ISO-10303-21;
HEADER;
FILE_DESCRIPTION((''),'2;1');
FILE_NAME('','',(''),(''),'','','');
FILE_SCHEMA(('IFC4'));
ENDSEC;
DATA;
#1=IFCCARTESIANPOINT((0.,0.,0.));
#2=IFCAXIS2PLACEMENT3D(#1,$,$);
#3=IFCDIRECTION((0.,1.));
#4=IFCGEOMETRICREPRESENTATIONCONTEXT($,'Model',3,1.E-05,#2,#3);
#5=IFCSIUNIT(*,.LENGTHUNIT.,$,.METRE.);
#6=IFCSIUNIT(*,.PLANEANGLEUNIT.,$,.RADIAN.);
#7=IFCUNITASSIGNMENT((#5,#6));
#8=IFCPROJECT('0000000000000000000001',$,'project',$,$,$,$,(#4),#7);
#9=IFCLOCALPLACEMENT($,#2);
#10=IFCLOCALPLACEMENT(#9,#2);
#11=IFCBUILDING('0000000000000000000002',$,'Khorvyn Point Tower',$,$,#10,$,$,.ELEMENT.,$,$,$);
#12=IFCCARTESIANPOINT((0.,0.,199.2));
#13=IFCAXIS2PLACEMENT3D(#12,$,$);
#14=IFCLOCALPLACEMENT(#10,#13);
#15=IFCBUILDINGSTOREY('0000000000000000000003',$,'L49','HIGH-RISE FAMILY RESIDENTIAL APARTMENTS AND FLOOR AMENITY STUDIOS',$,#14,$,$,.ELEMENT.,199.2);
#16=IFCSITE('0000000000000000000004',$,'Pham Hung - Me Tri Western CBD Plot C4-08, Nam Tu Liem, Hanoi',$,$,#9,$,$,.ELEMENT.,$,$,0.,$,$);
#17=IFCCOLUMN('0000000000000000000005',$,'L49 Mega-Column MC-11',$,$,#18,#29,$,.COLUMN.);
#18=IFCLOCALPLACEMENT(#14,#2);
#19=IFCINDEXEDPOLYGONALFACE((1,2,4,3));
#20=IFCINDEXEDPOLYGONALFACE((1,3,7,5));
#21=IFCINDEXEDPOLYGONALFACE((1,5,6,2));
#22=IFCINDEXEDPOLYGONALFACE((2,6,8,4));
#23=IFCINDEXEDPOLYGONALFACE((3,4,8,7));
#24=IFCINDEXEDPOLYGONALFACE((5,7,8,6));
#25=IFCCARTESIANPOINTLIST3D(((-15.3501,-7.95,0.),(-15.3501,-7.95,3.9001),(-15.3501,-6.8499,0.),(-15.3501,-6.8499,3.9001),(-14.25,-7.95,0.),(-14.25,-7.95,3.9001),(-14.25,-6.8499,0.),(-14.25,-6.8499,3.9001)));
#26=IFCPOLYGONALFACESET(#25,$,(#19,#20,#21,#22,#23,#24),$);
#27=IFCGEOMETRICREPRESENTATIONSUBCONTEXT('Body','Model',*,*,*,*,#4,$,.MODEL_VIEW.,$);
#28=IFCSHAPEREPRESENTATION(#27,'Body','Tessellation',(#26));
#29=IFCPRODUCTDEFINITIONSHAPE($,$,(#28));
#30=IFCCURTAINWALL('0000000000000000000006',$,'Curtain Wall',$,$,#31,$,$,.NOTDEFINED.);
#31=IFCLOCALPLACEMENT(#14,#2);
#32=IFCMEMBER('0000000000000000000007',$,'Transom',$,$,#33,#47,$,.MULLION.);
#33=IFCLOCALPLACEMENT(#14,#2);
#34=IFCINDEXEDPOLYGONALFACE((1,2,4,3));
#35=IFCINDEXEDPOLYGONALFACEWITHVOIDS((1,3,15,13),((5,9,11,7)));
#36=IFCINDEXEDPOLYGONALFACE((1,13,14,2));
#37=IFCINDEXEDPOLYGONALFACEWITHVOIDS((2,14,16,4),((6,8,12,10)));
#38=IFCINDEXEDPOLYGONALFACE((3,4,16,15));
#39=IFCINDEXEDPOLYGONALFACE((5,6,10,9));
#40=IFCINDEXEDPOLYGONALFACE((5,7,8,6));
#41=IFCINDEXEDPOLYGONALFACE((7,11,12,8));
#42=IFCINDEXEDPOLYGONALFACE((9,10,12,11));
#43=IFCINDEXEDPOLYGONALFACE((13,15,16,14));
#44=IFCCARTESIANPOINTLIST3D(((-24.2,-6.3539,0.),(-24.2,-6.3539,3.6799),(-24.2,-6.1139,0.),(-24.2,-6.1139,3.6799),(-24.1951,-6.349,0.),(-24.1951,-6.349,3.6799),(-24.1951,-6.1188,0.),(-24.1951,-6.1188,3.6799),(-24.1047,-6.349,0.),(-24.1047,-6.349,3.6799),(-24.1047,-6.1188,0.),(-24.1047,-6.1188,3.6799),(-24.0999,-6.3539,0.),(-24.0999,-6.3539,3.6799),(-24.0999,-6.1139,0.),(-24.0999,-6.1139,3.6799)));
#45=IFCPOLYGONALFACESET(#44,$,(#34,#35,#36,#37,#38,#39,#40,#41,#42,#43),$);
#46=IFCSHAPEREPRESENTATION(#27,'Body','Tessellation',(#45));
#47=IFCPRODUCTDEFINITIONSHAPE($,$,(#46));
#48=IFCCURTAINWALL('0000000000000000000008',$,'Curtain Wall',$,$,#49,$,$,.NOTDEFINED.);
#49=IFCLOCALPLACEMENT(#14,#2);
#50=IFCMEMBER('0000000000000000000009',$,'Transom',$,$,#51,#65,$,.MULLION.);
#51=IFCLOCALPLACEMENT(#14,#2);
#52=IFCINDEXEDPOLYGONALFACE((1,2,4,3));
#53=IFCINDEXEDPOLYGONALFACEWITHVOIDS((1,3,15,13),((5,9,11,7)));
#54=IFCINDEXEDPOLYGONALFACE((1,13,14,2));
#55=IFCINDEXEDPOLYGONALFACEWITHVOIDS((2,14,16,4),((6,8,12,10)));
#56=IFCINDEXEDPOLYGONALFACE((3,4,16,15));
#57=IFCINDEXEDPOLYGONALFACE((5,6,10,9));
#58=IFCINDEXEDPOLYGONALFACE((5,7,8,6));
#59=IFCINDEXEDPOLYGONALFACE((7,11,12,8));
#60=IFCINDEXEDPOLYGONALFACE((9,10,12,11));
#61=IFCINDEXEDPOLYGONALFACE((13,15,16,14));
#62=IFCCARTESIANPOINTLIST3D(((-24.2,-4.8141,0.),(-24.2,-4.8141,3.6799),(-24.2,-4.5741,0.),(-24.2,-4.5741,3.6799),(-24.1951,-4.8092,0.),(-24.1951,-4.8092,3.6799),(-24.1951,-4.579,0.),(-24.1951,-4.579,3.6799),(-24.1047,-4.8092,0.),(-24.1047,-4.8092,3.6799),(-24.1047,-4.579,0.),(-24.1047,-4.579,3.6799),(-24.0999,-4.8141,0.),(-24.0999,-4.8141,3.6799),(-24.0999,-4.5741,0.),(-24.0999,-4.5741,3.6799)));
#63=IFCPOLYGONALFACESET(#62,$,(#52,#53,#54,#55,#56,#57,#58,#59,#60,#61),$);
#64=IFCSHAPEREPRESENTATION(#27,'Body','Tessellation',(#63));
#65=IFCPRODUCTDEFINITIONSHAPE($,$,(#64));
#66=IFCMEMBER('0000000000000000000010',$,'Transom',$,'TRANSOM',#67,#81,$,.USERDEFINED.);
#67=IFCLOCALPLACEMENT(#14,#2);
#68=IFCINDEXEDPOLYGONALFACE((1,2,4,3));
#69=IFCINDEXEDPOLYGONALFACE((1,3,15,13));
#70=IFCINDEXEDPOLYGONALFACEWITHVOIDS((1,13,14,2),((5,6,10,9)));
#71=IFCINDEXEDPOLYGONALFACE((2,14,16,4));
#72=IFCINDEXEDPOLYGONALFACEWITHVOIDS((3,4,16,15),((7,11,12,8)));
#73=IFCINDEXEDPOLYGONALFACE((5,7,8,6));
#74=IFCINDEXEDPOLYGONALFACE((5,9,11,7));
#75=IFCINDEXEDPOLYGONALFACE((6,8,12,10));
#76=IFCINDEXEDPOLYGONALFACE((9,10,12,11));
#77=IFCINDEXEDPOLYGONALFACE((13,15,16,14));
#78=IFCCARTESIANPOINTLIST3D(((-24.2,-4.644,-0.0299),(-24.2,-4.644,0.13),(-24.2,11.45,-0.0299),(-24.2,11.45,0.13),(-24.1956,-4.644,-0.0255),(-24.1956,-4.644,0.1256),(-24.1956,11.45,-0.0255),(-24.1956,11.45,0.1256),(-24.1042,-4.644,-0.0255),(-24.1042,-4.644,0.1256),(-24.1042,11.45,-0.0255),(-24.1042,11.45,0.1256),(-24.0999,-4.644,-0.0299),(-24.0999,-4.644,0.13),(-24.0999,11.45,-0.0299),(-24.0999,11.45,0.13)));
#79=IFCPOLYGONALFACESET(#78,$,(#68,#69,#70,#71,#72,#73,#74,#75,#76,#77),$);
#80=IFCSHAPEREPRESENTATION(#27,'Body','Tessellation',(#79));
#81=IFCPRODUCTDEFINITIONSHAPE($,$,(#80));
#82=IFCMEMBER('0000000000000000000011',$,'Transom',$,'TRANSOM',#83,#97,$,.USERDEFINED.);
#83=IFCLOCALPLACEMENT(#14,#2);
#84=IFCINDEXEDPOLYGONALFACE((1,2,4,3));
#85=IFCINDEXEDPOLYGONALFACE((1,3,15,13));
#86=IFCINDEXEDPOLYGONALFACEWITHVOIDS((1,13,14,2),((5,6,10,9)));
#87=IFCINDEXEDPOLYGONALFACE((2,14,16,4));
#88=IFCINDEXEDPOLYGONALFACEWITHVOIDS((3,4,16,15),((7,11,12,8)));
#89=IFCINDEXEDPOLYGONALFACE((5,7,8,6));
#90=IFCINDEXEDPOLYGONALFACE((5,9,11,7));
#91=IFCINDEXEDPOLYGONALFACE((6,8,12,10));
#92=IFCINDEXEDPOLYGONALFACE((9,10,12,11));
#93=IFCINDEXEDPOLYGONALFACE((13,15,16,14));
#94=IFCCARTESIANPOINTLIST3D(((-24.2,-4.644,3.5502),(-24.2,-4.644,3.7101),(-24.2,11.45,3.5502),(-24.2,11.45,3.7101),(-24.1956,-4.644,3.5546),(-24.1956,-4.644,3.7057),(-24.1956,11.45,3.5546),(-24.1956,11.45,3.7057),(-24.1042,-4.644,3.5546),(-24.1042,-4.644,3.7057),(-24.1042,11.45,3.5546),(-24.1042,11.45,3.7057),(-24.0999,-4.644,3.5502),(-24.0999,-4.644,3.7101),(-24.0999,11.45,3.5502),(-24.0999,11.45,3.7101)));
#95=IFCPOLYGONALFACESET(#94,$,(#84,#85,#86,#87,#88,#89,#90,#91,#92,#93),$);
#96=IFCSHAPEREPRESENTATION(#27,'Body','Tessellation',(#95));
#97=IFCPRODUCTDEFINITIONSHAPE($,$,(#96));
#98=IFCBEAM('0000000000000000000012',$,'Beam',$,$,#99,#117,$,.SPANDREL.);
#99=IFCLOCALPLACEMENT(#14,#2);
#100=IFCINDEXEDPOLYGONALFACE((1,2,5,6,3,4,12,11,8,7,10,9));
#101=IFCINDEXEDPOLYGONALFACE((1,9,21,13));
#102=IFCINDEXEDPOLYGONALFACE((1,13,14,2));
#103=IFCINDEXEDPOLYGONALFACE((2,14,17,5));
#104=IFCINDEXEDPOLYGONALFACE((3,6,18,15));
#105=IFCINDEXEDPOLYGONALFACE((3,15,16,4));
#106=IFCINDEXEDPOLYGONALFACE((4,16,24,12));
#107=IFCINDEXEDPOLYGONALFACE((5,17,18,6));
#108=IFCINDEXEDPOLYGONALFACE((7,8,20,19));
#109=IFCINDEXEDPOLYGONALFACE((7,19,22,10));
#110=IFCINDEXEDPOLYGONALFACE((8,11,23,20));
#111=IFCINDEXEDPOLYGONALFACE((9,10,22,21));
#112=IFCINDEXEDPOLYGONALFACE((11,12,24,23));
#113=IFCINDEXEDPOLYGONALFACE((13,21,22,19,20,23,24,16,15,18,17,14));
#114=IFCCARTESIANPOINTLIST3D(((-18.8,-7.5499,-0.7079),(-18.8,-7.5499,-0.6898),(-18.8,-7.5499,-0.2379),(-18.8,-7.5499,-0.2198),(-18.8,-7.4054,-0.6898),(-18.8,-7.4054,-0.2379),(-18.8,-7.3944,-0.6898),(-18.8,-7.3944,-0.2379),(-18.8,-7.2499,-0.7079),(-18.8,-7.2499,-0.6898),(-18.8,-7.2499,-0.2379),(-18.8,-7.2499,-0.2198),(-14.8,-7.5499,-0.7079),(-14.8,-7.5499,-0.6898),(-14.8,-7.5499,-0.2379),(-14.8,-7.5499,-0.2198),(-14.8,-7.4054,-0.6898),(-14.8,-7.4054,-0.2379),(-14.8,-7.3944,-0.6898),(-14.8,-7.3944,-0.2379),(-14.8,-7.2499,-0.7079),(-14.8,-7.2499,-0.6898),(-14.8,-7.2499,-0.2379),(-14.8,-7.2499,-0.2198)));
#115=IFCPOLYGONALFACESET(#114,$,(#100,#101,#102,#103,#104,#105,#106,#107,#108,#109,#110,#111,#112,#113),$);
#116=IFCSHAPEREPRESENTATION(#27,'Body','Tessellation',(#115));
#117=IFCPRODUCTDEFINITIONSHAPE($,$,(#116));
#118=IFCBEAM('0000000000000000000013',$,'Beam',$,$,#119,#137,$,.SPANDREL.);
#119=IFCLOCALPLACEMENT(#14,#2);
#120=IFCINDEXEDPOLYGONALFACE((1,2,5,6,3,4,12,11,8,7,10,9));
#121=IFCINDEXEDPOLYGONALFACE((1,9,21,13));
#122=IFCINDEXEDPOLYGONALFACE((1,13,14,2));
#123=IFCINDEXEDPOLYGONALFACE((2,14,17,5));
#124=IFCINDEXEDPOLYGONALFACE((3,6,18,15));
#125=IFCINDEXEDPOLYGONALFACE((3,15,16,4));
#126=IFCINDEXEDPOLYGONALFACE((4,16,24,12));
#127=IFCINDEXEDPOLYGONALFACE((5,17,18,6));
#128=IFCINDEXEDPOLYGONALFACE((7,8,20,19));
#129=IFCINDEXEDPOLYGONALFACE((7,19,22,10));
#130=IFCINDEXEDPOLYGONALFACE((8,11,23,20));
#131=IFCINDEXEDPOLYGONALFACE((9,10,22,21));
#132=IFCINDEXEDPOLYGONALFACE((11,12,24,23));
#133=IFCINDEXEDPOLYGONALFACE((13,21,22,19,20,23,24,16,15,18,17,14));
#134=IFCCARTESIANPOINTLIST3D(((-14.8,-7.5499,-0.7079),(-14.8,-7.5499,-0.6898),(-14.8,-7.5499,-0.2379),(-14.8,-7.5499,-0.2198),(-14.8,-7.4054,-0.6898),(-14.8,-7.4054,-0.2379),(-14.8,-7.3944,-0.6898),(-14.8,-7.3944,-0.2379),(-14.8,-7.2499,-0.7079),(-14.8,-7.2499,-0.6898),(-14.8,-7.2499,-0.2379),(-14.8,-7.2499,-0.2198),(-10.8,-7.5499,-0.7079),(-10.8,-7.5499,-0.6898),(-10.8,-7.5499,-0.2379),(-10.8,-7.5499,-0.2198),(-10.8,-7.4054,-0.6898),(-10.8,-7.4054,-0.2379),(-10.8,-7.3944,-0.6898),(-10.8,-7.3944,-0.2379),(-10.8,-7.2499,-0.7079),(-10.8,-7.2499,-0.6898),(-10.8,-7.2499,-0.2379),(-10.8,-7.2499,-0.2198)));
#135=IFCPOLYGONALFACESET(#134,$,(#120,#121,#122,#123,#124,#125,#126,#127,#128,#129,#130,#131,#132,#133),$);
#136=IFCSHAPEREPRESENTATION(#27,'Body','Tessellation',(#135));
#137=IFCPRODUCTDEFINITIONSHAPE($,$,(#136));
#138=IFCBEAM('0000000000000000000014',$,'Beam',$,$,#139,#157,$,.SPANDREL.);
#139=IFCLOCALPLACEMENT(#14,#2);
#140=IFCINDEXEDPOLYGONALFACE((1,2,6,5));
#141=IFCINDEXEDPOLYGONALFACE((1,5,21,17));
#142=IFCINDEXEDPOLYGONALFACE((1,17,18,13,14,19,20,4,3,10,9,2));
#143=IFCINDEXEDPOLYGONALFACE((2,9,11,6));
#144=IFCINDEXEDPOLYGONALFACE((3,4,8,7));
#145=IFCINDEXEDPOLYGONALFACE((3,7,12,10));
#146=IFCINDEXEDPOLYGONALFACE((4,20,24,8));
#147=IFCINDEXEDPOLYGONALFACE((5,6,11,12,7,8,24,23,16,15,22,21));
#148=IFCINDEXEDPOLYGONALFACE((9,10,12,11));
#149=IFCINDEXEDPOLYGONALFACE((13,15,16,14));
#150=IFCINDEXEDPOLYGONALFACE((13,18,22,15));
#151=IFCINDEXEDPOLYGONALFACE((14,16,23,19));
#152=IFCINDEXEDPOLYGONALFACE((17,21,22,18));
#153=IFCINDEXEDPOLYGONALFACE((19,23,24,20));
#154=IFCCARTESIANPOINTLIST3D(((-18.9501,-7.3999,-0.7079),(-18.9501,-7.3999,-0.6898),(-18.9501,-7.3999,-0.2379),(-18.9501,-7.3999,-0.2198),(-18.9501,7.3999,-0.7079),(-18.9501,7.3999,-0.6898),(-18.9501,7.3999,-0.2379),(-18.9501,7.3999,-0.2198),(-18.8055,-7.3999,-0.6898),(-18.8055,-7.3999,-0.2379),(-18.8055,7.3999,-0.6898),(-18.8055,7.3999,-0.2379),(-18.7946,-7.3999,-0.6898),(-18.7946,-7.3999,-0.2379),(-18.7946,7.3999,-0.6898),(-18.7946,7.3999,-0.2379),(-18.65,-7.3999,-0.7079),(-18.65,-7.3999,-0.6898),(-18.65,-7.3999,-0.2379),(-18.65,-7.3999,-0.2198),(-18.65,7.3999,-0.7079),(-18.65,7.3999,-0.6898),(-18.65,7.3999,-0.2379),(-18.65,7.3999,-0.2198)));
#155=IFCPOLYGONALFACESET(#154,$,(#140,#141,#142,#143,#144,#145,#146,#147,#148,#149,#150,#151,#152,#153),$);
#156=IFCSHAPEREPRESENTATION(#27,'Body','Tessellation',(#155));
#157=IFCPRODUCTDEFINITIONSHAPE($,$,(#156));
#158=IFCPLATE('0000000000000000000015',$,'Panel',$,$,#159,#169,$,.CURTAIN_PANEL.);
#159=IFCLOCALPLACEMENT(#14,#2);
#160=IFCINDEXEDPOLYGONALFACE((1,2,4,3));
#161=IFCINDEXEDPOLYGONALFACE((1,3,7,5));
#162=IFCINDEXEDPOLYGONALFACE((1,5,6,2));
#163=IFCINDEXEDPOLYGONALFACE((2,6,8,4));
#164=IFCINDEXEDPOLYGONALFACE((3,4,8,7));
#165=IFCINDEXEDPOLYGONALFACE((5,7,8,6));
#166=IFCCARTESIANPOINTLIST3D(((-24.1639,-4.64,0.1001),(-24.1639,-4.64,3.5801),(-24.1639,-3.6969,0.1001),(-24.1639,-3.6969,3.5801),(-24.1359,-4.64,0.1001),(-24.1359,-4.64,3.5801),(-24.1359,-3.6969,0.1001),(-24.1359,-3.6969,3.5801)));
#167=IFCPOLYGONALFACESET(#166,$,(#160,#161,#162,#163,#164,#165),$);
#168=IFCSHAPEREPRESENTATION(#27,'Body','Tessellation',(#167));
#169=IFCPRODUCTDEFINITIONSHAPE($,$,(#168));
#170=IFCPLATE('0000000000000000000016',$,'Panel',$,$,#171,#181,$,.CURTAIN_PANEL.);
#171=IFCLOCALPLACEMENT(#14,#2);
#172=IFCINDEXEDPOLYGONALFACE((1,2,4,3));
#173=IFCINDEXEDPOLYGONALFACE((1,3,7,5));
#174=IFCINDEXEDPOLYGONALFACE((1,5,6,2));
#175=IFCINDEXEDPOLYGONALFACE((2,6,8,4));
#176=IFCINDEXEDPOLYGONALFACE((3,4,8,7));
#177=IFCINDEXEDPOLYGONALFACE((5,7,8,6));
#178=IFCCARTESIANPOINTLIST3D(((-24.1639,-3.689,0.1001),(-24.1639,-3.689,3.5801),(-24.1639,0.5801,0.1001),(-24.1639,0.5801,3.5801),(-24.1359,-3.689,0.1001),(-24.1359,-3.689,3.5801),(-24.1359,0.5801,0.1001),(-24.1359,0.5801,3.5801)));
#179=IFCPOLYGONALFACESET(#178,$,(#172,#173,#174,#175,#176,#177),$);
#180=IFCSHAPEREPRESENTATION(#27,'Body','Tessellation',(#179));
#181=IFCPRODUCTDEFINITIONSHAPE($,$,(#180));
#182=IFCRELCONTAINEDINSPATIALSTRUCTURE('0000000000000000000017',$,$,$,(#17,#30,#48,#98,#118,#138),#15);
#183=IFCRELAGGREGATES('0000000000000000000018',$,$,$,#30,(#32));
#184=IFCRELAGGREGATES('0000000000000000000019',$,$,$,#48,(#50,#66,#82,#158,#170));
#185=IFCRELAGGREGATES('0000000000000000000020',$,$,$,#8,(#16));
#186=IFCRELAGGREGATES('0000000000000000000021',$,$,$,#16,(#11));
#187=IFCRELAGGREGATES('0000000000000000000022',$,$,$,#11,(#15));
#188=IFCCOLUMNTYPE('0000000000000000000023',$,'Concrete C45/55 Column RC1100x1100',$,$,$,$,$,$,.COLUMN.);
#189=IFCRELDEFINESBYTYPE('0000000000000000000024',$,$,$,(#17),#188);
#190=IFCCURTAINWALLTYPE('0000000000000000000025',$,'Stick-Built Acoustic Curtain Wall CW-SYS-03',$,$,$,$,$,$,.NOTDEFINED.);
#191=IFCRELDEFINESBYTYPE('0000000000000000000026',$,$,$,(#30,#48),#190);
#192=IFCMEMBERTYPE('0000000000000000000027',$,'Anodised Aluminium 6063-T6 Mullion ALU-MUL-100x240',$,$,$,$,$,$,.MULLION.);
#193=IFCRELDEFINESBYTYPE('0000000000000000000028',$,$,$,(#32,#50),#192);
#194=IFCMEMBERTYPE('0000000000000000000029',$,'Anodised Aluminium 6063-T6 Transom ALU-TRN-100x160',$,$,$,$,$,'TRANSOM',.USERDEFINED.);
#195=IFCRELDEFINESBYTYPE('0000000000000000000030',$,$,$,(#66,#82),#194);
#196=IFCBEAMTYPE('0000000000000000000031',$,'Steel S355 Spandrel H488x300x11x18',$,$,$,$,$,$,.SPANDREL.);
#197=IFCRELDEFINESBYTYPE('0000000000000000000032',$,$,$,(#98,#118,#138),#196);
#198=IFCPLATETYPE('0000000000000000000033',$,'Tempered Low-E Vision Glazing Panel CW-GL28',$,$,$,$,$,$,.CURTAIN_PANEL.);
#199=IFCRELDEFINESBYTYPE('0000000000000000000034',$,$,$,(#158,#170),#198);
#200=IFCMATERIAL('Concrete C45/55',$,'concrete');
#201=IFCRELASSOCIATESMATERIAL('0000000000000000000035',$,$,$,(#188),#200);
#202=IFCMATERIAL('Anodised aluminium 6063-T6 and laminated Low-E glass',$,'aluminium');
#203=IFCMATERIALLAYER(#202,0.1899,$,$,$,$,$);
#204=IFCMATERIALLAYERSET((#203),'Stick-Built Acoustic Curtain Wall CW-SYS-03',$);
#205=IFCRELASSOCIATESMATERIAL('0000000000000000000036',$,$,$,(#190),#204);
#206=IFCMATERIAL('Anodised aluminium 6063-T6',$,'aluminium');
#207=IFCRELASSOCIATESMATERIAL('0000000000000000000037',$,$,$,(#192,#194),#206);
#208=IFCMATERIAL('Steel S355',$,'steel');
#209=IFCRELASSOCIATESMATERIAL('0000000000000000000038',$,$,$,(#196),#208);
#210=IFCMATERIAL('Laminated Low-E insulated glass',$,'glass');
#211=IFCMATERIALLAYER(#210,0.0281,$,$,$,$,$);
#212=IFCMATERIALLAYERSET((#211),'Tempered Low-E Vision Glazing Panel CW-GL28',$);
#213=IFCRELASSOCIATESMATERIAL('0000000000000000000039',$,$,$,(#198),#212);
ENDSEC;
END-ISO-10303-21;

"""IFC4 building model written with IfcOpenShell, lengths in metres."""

from ifc_helpers import new_model, si_unit, direction, frame, origin, origin_2d, place, context, subcontext, project, spatial, rectangle, hollow_rectangle, i_section, extrude, material, layer, layer_set, material_profile, profile_set, type_object, element, aggregate, save


model = new_model("IFC4")

# Units and contexts
model_context = context("Model", 3, precision=1e-05, world=origin(), true_north=direction((0.0, 1.0)))
body_context = subcontext(model_context, "Body", "Model", "MODEL_VIEW")
ifc_project = project(units=[si_unit("LENGTHUNIT", "METRE"), si_unit("PLANEANGLEUNIT", "RADIAN")], contexts=[model_context])

# Site, building, storey
site_placement = place(None, origin())
site = spatial("IfcSite", under=ifc_project, at=site_placement, Name="Pham Hung - Me Tri Western CBD Plot C4-08, Nam Tu Liem, Hanoi", CompositionType="ELEMENT", RefElevation=0.0)
building_placement = place(site_placement, origin())
building = spatial("IfcBuilding", under=site, at=building_placement, Name="Khorvyn Point Tower", CompositionType="ELEMENT")
storey_placement = place(building_placement, frame((0.0, 0.0, 199.2)))
storey = spatial("IfcBuildingStorey", under=building, at=storey_placement, Name="L49", Description="HIGH-RISE FAMILY RESIDENTIAL APARTMENTS AND FLOOR AMENITY STUDIOS", CompositionType="ELEMENT", Elevation=199.2)

# Column
ifc_material_1 = material(Name="Concrete C45/55", Category="concrete")
ifc_material_profile_1 = material_profile(ifc_material_1, rectangle(XDim=1.1001, YDim=1.1001, at=origin_2d()))
ifc_profile_set_1 = profile_set([ifc_material_profile_1], Name="Concrete C45/55 RC1100x1100")
column_type = type_object("IfcColumnType", Name="Concrete C45/55 Column RC1100x1100", PredefinedType="COLUMN", material=ifc_profile_set_1)
column_placement = place(storey_placement, frame((-14.8, -7.3999, 0.0), z_axis=(0.0, 0.0, 1.0), x_axis=(1.0, 0.0, 0.0)))
element("IfcColumn", 1, at=column_placement, inside=storey, type_object=column_type, Name="L49 Mega-Column MC-11", PredefinedType="COLUMN", context=body_context, shape_type="SweptSolid", body=[
    extrude(rectangle(XDim=1.1001, YDim=1.1001, at=origin_2d()), origin(), (0.0, 0.0, 1.0), 3.9001),
])

# Curtain wall, member
ifc_material_2 = material(Name="Anodised aluminium 6063-T6 and laminated Low-E glass", Category="aluminium")
ifc_layer_1 = layer(ifc_material_2, 0.1899)
ifc_layer_set_1 = layer_set([ifc_layer_1], Name="Stick-Built Acoustic Curtain Wall CW-SYS-03")
curtain_wall_type = type_object("IfcCurtainWallType", Name="Stick-Built Acoustic Curtain Wall CW-SYS-03", PredefinedType="NOTDEFINED", material=ifc_layer_set_1)
curtain_wall_1_placement = place(storey_placement, origin())
curtain_wall_1 = element("IfcCurtainWall", 2, at=curtain_wall_1_placement, inside=storey, type_object=curtain_wall_type, Name="Curtain Wall", PredefinedType="NOTDEFINED")
ifc_material_3 = material(Name="Anodised aluminium 6063-T6", Category="aluminium")
ifc_material_profile_2 = material_profile(ifc_material_3, hollow_rectangle(XDim=0.1001, YDim=0.24, WallThickness=0.0049, at=origin_2d()))
ifc_profile_set_2 = profile_set([ifc_material_profile_2], Name="Anodised aluminium 6063-T6 ALU-MUL-100x240")
member_type_1 = type_object("IfcMemberType", Name="Anodised Aluminium 6063-T6 Mullion ALU-MUL-100x240", PredefinedType="MULLION", material=ifc_profile_set_2)
member_1_placement = place(storey_placement, frame((-24.1499, -6.2339, 0.0), z_axis=(0.0, 0.0, 1.0), x_axis=(-1.0, 0.0, 0.0)))
member_1 = element("IfcMember", 3, at=member_1_placement, type_object=member_type_1, Name="Transom", PredefinedType="MULLION", context=body_context, shape_type="SweptSolid", body=[
    extrude(hollow_rectangle(XDim=0.1001, YDim=0.24, WallThickness=0.0049, at=origin_2d()), origin(), (0.0, 0.0, 1.0), 3.6799),
])
aggregate(curtain_wall_1, [member_1])

# Curtain wall, members
curtain_wall_2_placement = place(storey_placement, origin())
curtain_wall_2 = element("IfcCurtainWall", 4, at=curtain_wall_2_placement, inside=storey, type_object=curtain_wall_type, Name="Curtain Wall", PredefinedType="NOTDEFINED")
member_2_placement = place(storey_placement, frame((-24.1499, -4.6941, 0.0), z_axis=(0.0, 0.0, 1.0), x_axis=(-1.0, 0.0, 0.0)))
member_2 = element("IfcMember", 5, at=member_2_placement, type_object=member_type_1, Name="Transom", PredefinedType="MULLION", context=body_context, shape_type="SweptSolid", body=[
    extrude(hollow_rectangle(XDim=0.1001, YDim=0.24, WallThickness=0.0049, at=origin_2d()), origin(), (0.0, 0.0, 1.0), 3.6799),
])
ifc_material_profile_3 = material_profile(ifc_material_3, hollow_rectangle(XDim=0.1001, YDim=0.1599, WallThickness=0.0044, at=origin_2d()))
ifc_profile_set_3 = profile_set([ifc_material_profile_3], Name="Anodised aluminium 6063-T6 ALU-TRN-100x160")
member_type_2 = type_object("IfcMemberType", Name="Anodised Aluminium 6063-T6 Transom ALU-TRN-100x160", ElementType="TRANSOM", PredefinedType="USERDEFINED", material=ifc_profile_set_3)
member_3_placement = place(storey_placement, frame((-24.1499, -4.644, 0.05), z_axis=(0.0, 1.0, 0.0), x_axis=(-1.0, 0.0, 0.0)))
member_3 = element("IfcMember", 6, at=member_3_placement, type_object=member_type_2, Name="Transom", ObjectType="TRANSOM", PredefinedType="USERDEFINED", context=body_context, shape_type="SweptSolid", body=[
    extrude(hollow_rectangle(XDim=0.1001, YDim=0.1599, WallThickness=0.0044, at=origin_2d()), origin(), (0.0, 0.0, 1.0), 16.094),
])
member_4_placement = place(storey_placement, frame((-24.1499, -4.644, 3.6301), z_axis=(0.0, 1.0, 0.0), x_axis=(-1.0, 0.0, 0.0)))
member_4 = element("IfcMember", 7, at=member_4_placement, type_object=member_type_2, Name="Transom", ObjectType="TRANSOM", PredefinedType="USERDEFINED", context=body_context, shape_type="SweptSolid", body=[
    extrude(hollow_rectangle(XDim=0.1001, YDim=0.1599, WallThickness=0.0044, at=origin_2d()), origin(), (0.0, 0.0, 1.0), 16.094),
])

# Beams
ifc_material_4 = material(Name="Steel S355", Category="steel")
ifc_material_profile_4 = material_profile(ifc_material_4, i_section(OverallWidth=0.3, OverallDepth=0.488, WebThickness=0.011, FlangeThickness=0.0181, at=origin_2d()))
ifc_profile_set_4 = profile_set([ifc_material_profile_4], Name="Steel S355 H488x300x11x18")
beam_type = type_object("IfcBeamType", Name="Steel S355 Spandrel H488x300x11x18", PredefinedType="SPANDREL", material=ifc_profile_set_4)
for number, where, z_axis, x_axis, name in (
    (8, (-18.8, -7.3999, -0.4639), (1.0, 0.0, 0.0), (0.0, 1.0, 0.0), "Beam"),
    (9, (-14.8, -7.3999, -0.4639), (1.0, 0.0, 0.0), (0.0, 1.0, 0.0), "Beam"),
):
    element("IfcBeam", number, at=place(storey_placement, frame(where, z_axis=z_axis, x_axis=x_axis)), inside=storey, type_object=beam_type, Name=name, PredefinedType="SPANDREL", context=body_context, shape_type="SweptSolid", body=[
        extrude(i_section(OverallWidth=0.3, OverallDepth=0.488, WebThickness=0.011, FlangeThickness=0.0181, at=origin_2d()), origin(), (0.0, 0.0, 1.0), 4.0),
    ])
beam_placement = place(storey_placement, frame((-18.8, -7.3999, -0.4639), z_axis=(0.0, 1.0, 0.0), x_axis=(-1.0, 0.0, 0.0)))
element("IfcBeam", 10, at=beam_placement, inside=storey, type_object=beam_type, Name="Beam", PredefinedType="SPANDREL", context=body_context, shape_type="SweptSolid", body=[
    extrude(i_section(OverallWidth=0.3, OverallDepth=0.488, WebThickness=0.011, FlangeThickness=0.0181, at=origin_2d()), origin(), (0.0, 0.0, 1.0), 14.7998),
])

# Plates
ifc_material_5 = material(Name="Laminated Low-E insulated glass", Category="glass")
ifc_layer_2 = layer(ifc_material_5, 0.0281)
ifc_layer_set_2 = layer_set([ifc_layer_2], Name="Tempered Low-E Vision Glazing Panel CW-GL28")
plate_type = type_object("IfcPlateType", Name="Tempered Low-E Vision Glazing Panel CW-GL28", PredefinedType="CURTAIN_PANEL", material=ifc_layer_set_2)
plate_1_placement = place(storey_placement, frame((-24.1499, -4.1685, 0.1001), z_axis=(0.0, 0.0, 1.0), x_axis=(0.0, 1.0, 0.0)))
plate_1 = element("IfcPlate", 11, at=plate_1_placement, type_object=plate_type, Name="Panel", PredefinedType="CURTAIN_PANEL", context=body_context, shape_type="SweptSolid", body=[
    extrude(rectangle(XDim=0.9431, YDim=0.0281, at=origin_2d()), origin(), (0.0, 0.0, 1.0), 3.48),
])
plate_2_placement = place(storey_placement, frame((-24.1499, -1.5544, 0.1001), z_axis=(0.0, 0.0, 1.0), x_axis=(0.0, 1.0, 0.0)))
plate_2 = element("IfcPlate", 12, at=plate_2_placement, type_object=plate_type, Name="Panel", PredefinedType="CURTAIN_PANEL", context=body_context, shape_type="SweptSolid", body=[
    extrude(rectangle(XDim=4.269, YDim=0.0281, at=origin_2d()), origin(), (0.0, 0.0, 1.0), 3.48),
])
aggregate(curtain_wall_2, [member_2, member_3, member_4, plate_1, plate_2])

save(model, "model.ifc")
